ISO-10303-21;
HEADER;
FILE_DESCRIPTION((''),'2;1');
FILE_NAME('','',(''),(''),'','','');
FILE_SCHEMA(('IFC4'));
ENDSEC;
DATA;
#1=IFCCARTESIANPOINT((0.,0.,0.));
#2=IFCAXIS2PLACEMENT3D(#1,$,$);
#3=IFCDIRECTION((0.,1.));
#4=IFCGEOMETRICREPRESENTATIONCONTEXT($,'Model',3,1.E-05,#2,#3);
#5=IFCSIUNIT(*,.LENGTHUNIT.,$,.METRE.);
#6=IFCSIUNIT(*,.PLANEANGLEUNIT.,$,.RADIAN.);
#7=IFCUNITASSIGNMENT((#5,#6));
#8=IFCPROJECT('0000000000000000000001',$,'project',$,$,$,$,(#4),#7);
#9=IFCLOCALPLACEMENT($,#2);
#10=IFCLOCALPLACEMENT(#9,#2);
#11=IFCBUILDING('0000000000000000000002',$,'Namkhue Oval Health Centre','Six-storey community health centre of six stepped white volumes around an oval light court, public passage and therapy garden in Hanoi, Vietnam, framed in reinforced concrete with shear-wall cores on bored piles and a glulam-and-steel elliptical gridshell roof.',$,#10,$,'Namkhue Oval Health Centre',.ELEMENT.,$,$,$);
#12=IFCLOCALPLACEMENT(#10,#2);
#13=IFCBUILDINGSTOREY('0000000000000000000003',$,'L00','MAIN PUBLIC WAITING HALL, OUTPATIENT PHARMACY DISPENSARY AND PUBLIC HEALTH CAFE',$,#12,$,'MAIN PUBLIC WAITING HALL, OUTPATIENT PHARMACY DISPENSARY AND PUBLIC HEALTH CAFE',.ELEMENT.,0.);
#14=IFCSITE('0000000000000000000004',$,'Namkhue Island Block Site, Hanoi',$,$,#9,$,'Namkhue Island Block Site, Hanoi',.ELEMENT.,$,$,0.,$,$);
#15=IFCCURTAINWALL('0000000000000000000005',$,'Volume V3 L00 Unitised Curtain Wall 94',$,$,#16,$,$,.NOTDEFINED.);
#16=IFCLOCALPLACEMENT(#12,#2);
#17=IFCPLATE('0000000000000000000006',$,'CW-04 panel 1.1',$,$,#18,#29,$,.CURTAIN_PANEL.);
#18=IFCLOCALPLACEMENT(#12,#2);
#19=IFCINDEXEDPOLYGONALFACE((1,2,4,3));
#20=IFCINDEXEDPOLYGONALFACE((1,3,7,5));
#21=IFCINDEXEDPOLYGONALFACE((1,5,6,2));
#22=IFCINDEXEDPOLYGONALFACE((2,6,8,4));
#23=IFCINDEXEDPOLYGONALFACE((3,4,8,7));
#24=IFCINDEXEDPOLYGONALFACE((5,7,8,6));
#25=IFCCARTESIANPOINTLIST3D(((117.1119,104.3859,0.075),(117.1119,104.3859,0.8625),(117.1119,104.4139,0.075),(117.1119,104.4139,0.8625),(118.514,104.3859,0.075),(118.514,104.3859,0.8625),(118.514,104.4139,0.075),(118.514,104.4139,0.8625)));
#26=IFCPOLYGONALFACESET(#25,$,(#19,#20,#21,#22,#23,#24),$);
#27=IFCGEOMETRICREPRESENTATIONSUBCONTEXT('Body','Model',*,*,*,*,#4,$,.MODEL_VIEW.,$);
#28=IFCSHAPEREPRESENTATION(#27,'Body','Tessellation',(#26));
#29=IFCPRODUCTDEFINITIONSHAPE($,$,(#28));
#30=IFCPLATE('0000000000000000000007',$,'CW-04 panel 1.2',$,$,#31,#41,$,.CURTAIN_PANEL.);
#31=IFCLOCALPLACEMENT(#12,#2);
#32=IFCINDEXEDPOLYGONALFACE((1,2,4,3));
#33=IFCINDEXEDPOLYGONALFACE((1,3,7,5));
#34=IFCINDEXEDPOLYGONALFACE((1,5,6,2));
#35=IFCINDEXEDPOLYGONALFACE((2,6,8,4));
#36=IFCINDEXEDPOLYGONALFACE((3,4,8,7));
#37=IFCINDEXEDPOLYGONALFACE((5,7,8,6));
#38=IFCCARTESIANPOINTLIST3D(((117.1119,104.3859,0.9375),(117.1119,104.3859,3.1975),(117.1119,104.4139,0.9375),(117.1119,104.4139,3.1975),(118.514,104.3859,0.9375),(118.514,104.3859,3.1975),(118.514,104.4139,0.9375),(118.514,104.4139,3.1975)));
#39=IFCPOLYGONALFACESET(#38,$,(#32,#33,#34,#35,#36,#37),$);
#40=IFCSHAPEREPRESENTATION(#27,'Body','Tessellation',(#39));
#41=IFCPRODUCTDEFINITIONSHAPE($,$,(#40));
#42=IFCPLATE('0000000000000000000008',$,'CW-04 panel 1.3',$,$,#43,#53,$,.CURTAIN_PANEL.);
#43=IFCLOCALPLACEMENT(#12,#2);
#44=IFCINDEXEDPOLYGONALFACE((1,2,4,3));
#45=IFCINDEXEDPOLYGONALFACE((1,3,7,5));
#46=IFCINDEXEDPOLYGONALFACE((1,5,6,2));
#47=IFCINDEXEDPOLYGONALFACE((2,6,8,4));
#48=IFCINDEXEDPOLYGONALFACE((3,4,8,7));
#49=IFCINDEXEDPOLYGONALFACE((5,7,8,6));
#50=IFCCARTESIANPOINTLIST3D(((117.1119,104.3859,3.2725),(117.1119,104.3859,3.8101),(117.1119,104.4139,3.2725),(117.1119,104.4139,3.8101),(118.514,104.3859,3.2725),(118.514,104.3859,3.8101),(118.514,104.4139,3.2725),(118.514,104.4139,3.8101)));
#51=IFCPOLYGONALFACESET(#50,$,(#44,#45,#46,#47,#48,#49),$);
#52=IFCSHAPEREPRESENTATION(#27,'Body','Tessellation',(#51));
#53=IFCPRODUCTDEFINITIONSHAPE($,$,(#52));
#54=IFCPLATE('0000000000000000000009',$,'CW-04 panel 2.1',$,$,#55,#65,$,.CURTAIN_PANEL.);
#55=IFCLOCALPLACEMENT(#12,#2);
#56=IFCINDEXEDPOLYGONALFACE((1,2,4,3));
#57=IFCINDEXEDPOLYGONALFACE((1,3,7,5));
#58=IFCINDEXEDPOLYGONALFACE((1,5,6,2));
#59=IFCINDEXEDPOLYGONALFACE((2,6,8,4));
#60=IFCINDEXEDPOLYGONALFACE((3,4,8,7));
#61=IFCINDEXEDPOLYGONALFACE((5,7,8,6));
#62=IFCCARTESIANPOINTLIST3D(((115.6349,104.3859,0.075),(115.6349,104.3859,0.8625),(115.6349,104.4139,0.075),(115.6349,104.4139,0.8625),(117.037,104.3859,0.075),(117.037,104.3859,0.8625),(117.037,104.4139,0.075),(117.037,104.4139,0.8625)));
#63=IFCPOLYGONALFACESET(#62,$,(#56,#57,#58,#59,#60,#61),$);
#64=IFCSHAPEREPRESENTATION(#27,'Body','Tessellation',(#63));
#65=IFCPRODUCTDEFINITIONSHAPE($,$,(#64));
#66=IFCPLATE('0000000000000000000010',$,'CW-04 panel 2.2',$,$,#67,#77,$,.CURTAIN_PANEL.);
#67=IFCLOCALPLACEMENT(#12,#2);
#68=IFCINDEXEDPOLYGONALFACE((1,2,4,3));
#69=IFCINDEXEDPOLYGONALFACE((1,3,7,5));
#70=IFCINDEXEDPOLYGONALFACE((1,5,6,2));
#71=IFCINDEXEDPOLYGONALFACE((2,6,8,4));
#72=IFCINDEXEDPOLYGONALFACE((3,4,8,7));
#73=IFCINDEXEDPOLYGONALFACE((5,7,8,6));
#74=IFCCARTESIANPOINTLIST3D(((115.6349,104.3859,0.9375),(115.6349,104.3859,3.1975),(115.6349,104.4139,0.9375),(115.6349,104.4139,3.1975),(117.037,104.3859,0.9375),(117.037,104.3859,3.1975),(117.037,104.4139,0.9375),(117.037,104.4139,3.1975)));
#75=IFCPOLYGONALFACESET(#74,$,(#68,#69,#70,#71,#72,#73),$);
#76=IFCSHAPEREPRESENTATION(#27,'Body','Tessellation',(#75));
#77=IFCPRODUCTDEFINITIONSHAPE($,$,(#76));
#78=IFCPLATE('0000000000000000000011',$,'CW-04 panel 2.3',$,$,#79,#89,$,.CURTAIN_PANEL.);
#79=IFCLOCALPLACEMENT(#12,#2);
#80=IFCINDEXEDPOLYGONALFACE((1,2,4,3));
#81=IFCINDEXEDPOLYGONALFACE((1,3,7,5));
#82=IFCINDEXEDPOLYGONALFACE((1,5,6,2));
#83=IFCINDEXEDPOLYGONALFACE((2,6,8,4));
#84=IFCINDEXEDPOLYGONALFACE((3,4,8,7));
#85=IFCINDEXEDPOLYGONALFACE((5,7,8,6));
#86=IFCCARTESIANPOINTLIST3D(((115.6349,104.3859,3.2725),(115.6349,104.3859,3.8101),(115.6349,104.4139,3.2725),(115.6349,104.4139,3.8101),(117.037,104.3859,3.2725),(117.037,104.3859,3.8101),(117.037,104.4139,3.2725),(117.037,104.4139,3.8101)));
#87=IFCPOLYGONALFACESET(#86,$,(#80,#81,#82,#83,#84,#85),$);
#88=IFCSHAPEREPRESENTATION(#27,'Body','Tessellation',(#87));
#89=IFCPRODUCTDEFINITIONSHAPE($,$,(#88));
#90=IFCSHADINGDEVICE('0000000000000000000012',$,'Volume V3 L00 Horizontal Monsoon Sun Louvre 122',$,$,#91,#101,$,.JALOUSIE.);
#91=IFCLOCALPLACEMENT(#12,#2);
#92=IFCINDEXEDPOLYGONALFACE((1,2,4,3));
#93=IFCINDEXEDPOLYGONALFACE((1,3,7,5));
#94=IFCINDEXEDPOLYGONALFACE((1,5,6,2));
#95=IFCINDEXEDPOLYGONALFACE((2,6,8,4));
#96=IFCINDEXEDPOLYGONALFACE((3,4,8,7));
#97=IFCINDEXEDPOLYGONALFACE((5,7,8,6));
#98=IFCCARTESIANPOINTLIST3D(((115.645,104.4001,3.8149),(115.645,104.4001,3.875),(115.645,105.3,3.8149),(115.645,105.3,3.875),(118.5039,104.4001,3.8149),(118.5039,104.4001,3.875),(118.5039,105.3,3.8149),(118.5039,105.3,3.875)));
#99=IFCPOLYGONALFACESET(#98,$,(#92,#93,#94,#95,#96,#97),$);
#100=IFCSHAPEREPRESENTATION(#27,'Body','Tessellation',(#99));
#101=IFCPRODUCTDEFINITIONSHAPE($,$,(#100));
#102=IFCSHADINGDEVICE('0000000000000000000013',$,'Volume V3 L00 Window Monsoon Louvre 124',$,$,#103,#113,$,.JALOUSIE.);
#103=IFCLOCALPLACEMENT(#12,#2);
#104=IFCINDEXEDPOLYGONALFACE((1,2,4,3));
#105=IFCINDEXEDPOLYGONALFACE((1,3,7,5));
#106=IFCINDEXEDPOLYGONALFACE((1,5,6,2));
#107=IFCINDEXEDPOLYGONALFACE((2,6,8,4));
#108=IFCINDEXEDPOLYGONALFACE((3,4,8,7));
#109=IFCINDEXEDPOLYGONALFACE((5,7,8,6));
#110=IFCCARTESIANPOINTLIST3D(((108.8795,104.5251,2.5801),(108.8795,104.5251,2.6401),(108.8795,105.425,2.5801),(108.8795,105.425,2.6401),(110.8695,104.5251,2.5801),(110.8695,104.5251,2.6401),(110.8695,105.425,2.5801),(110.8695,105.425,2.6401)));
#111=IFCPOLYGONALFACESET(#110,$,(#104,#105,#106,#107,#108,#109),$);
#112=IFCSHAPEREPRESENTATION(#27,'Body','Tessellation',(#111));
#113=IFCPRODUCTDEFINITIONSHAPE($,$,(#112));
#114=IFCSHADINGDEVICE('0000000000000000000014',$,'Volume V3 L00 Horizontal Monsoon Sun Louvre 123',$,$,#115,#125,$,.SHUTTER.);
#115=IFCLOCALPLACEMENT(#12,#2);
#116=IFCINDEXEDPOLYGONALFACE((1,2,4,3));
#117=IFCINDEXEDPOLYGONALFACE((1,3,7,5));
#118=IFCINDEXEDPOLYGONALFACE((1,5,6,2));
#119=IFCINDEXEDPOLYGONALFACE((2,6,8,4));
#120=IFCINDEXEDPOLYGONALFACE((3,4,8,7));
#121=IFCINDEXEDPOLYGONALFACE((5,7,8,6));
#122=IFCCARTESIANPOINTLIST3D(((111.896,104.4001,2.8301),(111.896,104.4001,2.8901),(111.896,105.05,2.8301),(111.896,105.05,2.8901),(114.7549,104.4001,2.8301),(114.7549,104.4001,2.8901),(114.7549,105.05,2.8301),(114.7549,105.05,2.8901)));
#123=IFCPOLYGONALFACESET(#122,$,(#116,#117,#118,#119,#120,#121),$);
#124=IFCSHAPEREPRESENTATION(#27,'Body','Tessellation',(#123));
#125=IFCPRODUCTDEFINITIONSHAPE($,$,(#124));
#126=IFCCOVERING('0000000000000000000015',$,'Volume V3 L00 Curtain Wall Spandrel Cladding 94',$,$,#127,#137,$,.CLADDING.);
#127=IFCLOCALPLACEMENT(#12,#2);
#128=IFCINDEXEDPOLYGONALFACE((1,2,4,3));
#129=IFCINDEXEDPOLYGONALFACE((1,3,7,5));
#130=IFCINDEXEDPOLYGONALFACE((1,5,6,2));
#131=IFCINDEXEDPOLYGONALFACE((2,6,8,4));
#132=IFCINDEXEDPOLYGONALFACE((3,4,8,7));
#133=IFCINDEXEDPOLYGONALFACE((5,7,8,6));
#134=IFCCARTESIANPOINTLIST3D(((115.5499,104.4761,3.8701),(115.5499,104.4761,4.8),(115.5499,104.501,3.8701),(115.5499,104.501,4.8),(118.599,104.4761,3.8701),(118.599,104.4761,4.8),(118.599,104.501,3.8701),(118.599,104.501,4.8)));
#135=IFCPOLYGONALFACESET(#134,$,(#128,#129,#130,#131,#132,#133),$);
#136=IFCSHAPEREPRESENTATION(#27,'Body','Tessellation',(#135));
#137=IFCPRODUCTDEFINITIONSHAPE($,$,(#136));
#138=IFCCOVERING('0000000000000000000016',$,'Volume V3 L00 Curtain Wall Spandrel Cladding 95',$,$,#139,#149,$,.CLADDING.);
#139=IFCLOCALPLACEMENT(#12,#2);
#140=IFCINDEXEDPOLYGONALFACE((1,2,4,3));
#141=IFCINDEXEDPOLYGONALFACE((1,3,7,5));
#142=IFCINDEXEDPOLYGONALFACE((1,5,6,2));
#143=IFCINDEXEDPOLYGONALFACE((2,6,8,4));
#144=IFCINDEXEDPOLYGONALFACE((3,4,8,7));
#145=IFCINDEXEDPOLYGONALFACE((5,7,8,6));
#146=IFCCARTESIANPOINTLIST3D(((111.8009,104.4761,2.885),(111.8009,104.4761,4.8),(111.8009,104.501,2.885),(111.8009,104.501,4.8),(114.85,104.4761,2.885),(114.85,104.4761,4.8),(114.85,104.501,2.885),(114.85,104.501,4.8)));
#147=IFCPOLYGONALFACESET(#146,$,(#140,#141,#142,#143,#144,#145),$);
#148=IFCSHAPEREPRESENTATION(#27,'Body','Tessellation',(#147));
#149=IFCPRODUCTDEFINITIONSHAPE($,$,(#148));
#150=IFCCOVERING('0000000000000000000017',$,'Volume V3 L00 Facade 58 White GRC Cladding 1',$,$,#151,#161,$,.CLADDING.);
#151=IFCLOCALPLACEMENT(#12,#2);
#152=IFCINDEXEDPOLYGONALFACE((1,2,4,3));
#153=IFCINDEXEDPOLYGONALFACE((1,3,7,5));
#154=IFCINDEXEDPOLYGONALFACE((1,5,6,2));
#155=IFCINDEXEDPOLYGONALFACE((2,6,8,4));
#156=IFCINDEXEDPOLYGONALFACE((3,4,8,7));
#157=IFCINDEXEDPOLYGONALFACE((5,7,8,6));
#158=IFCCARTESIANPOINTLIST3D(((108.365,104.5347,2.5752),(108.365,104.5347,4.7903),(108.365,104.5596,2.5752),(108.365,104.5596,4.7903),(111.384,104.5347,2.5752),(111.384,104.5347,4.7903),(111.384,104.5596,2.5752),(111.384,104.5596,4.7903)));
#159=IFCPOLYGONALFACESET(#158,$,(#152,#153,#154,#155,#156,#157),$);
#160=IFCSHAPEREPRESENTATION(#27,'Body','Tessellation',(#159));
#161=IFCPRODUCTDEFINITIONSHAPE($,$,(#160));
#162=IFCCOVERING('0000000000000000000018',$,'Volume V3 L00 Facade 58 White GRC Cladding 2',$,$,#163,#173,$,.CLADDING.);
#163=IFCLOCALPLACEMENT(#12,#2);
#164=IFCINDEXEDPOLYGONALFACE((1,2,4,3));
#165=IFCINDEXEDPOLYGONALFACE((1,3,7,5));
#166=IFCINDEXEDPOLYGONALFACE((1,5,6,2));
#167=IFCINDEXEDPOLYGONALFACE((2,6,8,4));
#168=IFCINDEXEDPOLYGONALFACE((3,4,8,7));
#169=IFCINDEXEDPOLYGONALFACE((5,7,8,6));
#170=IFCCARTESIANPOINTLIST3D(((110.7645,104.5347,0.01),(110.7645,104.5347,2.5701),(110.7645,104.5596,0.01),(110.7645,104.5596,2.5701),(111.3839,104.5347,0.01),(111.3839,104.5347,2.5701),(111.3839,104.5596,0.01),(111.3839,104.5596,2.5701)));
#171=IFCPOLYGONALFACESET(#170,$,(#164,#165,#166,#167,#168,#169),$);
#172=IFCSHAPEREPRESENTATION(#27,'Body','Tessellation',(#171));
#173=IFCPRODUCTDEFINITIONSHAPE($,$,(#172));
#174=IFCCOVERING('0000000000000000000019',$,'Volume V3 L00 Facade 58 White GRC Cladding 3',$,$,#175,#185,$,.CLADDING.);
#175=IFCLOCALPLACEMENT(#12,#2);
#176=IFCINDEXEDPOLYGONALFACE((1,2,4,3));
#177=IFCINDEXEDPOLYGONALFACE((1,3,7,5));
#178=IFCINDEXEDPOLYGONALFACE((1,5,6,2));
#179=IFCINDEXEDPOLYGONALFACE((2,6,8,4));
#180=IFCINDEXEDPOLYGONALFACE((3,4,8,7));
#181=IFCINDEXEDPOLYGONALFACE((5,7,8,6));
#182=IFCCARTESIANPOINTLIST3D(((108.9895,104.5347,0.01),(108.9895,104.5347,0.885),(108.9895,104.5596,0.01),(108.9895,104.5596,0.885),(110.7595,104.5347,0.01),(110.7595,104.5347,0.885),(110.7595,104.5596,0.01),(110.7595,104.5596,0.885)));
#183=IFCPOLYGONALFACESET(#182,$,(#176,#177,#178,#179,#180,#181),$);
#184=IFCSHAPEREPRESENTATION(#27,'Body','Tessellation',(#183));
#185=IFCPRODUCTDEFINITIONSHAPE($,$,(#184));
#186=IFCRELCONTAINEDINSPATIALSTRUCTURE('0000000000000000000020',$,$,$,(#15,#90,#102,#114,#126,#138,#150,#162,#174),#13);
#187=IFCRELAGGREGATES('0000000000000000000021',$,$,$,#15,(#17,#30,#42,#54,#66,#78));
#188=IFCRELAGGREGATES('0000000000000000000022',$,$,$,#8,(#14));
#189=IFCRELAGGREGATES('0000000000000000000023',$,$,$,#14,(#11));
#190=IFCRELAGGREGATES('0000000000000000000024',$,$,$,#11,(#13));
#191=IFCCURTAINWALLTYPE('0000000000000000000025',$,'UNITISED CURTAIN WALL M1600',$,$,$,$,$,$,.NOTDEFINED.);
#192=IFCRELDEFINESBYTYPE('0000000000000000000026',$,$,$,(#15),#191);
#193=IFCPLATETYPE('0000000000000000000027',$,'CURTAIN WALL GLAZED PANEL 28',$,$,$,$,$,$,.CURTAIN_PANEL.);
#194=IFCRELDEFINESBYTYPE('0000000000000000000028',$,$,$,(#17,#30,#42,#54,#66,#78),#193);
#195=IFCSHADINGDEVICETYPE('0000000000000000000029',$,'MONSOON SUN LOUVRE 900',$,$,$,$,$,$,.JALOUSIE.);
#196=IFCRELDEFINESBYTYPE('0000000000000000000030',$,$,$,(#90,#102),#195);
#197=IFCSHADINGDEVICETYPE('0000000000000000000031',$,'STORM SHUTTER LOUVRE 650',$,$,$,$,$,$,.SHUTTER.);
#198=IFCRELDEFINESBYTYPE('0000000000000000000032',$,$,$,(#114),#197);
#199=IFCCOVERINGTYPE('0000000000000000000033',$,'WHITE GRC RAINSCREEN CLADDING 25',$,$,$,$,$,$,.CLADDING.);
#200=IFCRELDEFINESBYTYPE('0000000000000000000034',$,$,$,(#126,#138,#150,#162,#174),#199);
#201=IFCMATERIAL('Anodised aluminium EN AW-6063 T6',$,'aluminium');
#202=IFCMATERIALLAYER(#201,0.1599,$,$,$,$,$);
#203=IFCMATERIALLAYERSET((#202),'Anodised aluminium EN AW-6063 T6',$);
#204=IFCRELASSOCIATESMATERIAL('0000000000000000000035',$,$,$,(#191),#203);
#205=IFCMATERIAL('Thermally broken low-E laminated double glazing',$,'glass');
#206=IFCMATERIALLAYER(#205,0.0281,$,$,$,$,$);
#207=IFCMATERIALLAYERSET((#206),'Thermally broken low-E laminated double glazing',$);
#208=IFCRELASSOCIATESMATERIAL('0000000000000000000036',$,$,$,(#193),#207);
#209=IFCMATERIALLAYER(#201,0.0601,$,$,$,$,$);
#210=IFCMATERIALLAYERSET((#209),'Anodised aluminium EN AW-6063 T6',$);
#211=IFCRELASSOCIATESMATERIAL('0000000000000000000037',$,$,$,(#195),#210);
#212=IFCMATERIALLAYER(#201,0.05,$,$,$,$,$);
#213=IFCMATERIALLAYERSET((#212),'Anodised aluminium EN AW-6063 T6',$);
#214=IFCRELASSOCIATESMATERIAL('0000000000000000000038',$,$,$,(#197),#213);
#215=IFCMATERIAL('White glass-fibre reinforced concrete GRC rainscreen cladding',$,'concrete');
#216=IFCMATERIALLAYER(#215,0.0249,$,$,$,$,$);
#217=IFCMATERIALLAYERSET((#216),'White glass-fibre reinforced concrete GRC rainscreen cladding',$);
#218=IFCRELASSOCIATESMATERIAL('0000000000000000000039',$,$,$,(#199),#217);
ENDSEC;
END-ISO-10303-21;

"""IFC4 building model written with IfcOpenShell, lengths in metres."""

from ifc_helpers import new_model, si_unit, direction, frame, origin, origin_2d, place, context, subcontext, project, spatial, rectangle, extrude, material, layer, layer_set, type_object, element, aggregate, save


model = new_model("IFC4")

# Units and contexts
model_context = context("Model", 3, precision=1e-05, world=origin(), true_north=direction((0.0, 1.0)))
body_context = subcontext(model_context, "Body", "Model", "MODEL_VIEW")
ifc_project = project(units=[si_unit("LENGTHUNIT", "METRE"), si_unit("PLANEANGLEUNIT", "RADIAN")], contexts=[model_context])

# Site, building, storey
site_placement = place(None, origin())
site = spatial("IfcSite", under=ifc_project, at=site_placement, Name="Namkhue Island Block Site, Hanoi", LongName="Namkhue Island Block Site, Hanoi", CompositionType="ELEMENT", RefElevation=0.0)
building_placement = place(site_placement, origin())
building = spatial("IfcBuilding", under=site, at=building_placement, Name="Namkhue Oval Health Centre", Description="Six-storey community health centre of six stepped white volumes around an oval light court, public passage and therapy garden in Hanoi, Vietnam, framed in reinforced concrete with shear-wall cores on bored piles and a glulam-and-steel elliptical gridshell roof.", LongName="Namkhue Oval Health Centre", CompositionType="ELEMENT")
storey_placement = place(building_placement, origin())
storey = spatial("IfcBuildingStorey", under=building, at=storey_placement, Name="L00", Description="MAIN PUBLIC WAITING HALL, OUTPATIENT PHARMACY DISPENSARY AND PUBLIC HEALTH CAFE", LongName="MAIN PUBLIC WAITING HALL, OUTPATIENT PHARMACY DISPENSARY AND PUBLIC HEALTH CAFE", CompositionType="ELEMENT", Elevation=0.0)

# Curtain wall
ifc_material_1 = material(Name="Anodised aluminium EN AW-6063 T6", Category="aluminium")
ifc_layer_1 = layer(ifc_material_1, 0.1599)
ifc_layer_set_1 = layer_set([ifc_layer_1], Name="Anodised aluminium EN AW-6063 T6")
curtain_wall_type = type_object("IfcCurtainWallType", Name="UNITISED CURTAIN WALL M1600", PredefinedType="NOTDEFINED", material=ifc_layer_set_1)
curtain_wall_placement = place(storey_placement, origin())
curtain_wall = element("IfcCurtainWall", 1, at=curtain_wall_placement, inside=storey, type_object=curtain_wall_type, Name="Volume V3 L00 Unitised Curtain Wall 94", PredefinedType="NOTDEFINED")

# Plates
ifc_material_2 = material(Name="Thermally broken low-E laminated double glazing", Category="glass")
ifc_layer_2 = layer(ifc_material_2, 0.0281)
ifc_layer_set_2 = layer_set([ifc_layer_2], Name="Thermally broken low-E laminated double glazing")
plate_type = type_object("IfcPlateType", Name="CURTAIN WALL GLAZED PANEL 28", PredefinedType="CURTAIN_PANEL", material=ifc_layer_set_2)
plate_1_placement = place(storey_placement, frame((117.813, 104.3999, 0.075), z_axis=(0.0, 0.0, 1.0), x_axis=(-1.0, 0.0, 0.0)))
plate_1 = element("IfcPlate", 2, at=plate_1_placement, type_object=plate_type, Name="CW-04 panel 1.1", PredefinedType="CURTAIN_PANEL", context=body_context, shape_type="SweptSolid", body=[
    extrude(rectangle(XDim=1.4021, YDim=0.0281, at=origin_2d()), origin(), (0.0, 0.0, 1.0), 0.7876),
])
plate_2_placement = place(storey_placement, frame((117.813, 104.3999, 0.9375), z_axis=(0.0, 0.0, 1.0), x_axis=(-1.0, 0.0, 0.0)))
plate_2 = element("IfcPlate", 3, at=plate_2_placement, type_object=plate_type, Name="CW-04 panel 1.2", PredefinedType="CURTAIN_PANEL", context=body_context, shape_type="SweptSolid", body=[
    extrude(rectangle(XDim=1.4021, YDim=0.0281, at=origin_2d()), origin(), (0.0, 0.0, 1.0), 2.26),
])
plate_3_placement = place(storey_placement, frame((117.813, 104.3999, 3.2725), z_axis=(0.0, 0.0, 1.0), x_axis=(-1.0, 0.0, 0.0)))
plate_3 = element("IfcPlate", 4, at=plate_3_placement, type_object=plate_type, Name="CW-04 panel 1.3", PredefinedType="CURTAIN_PANEL", context=body_context, shape_type="SweptSolid", body=[
    extrude(rectangle(XDim=1.4021, YDim=0.0281, at=origin_2d()), origin(), (0.0, 0.0, 1.0), 0.5376),
])
plate_4_placement = place(storey_placement, frame((116.3359, 104.3999, 0.075), z_axis=(0.0, 0.0, 1.0), x_axis=(-1.0, 0.0, 0.0)))
plate_4 = element("IfcPlate", 5, at=plate_4_placement, type_object=plate_type, Name="CW-04 panel 2.1", PredefinedType="CURTAIN_PANEL", context=body_context, shape_type="SweptSolid", body=[
    extrude(rectangle(XDim=1.4021, YDim=0.0281, at=origin_2d()), origin(), (0.0, 0.0, 1.0), 0.7876),
])
plate_5_placement = place(storey_placement, frame((116.3359, 104.3999, 0.9375), z_axis=(0.0, 0.0, 1.0), x_axis=(-1.0, 0.0, 0.0)))
plate_5 = element("IfcPlate", 6, at=plate_5_placement, type_object=plate_type, Name="CW-04 panel 2.2", PredefinedType="CURTAIN_PANEL", context=body_context, shape_type="SweptSolid", body=[
    extrude(rectangle(XDim=1.4021, YDim=0.0281, at=origin_2d()), origin(), (0.0, 0.0, 1.0), 2.26),
])
plate_6_placement = place(storey_placement, frame((116.3359, 104.3999, 3.2725), z_axis=(0.0, 0.0, 1.0), x_axis=(-1.0, 0.0, 0.0)))
plate_6 = element("IfcPlate", 7, at=plate_6_placement, type_object=plate_type, Name="CW-04 panel 2.3", PredefinedType="CURTAIN_PANEL", context=body_context, shape_type="SweptSolid", body=[
    extrude(rectangle(XDim=1.4021, YDim=0.0281, at=origin_2d()), origin(), (0.0, 0.0, 1.0), 0.5376),
])
aggregate(curtain_wall, [plate_1, plate_2, plate_3, plate_4, plate_5, plate_6])

# Shading devices
ifc_layer_3 = layer(ifc_material_1, 0.0601)
ifc_layer_set_3 = layer_set([ifc_layer_3], Name="Anodised aluminium EN AW-6063 T6")
shading_device_type_1 = type_object("IfcShadingDeviceType", Name="MONSOON SUN LOUVRE 900", PredefinedType="JALOUSIE", material=ifc_layer_set_3)
shading_device_1_placement = place(storey_placement, frame((117.0745, 104.8501, 3.8149), z_axis=(0.0, 0.0, 1.0), x_axis=(-1.0, 0.0, 0.0)))
element("IfcShadingDevice", 8, at=shading_device_1_placement, inside=storey, type_object=shading_device_type_1, Name="Volume V3 L00 Horizontal Monsoon Sun Louvre 122", PredefinedType="JALOUSIE", context=body_context, shape_type="SweptSolid", body=[
    extrude(rectangle(XDim=2.8589, YDim=0.8999, at=origin_2d()), origin(), (0.0, 0.0, 1.0), 0.0601),
])
shading_device_2_placement = place(storey_placement, frame((109.8745, 104.9751, 2.5801), z_axis=(0.0, 0.0, 1.0), x_axis=(-1.0, 0.0, 0.0)))
element("IfcShadingDevice", 9, at=shading_device_2_placement, inside=storey, type_object=shading_device_type_1, Name="Volume V3 L00 Window Monsoon Louvre 124", PredefinedType="JALOUSIE", context=body_context, shape_type="SweptSolid", body=[
    extrude(rectangle(XDim=1.99, YDim=0.8999, at=origin_2d()), origin(), (0.0, 0.0, 1.0), 0.0601),
])
ifc_layer_4 = layer(ifc_material_1, 0.05)
ifc_layer_set_4 = layer_set([ifc_layer_4], Name="Anodised aluminium EN AW-6063 T6")
shading_device_type_2 = type_object("IfcShadingDeviceType", Name="STORM SHUTTER LOUVRE 650", PredefinedType="SHUTTER", material=ifc_layer_set_4)
shading_device_3_placement = place(storey_placement, frame((113.3254, 104.7251, 2.8301), z_axis=(0.0, 0.0, 1.0), x_axis=(-1.0, 0.0, 0.0)))
element("IfcShadingDevice", 10, at=shading_device_3_placement, inside=storey, type_object=shading_device_type_2, Name="Volume V3 L00 Horizontal Monsoon Sun Louvre 123", PredefinedType="SHUTTER", context=body_context, shape_type="SweptSolid", body=[
    extrude(rectangle(XDim=2.8589, YDim=0.6499, at=origin_2d()), origin(), (0.0, 0.0, 1.0), 0.0601),
])

# Coverings
ifc_material_3 = material(Name="White glass-fibre reinforced concrete GRC rainscreen cladding", Category="concrete")
ifc_layer_5 = layer(ifc_material_3, 0.0249)
ifc_layer_set_5 = layer_set([ifc_layer_5], Name="White glass-fibre reinforced concrete GRC rainscreen cladding")
covering_type = type_object("IfcCoveringType", Name="WHITE GRC RAINSCREEN CLADDING 25", PredefinedType="CLADDING", material=ifc_layer_set_5)
covering_1_placement = place(storey_placement, frame((117.0745, 104.4885, 3.8701), z_axis=(0.0, 0.0, 1.0), x_axis=(-1.0, 0.0, 0.0)))
element("IfcCovering", 11, at=covering_1_placement, inside=storey, type_object=covering_type, Name="Volume V3 L00 Curtain Wall Spandrel Cladding 94", PredefinedType="CLADDING", context=body_context, shape_type="SweptSolid", body=[
    extrude(rectangle(XDim=3.0491, YDim=0.0249, at=origin_2d()), origin(), (0.0, 0.0, 1.0), 0.9299),
])
covering_2_placement = place(storey_placement, frame((113.3254, 104.4885, 2.885), z_axis=(0.0, 0.0, 1.0), x_axis=(-1.0, 0.0, 0.0)))
element("IfcCovering", 12, at=covering_2_placement, inside=storey, type_object=covering_type, Name="Volume V3 L00 Curtain Wall Spandrel Cladding 95", PredefinedType="CLADDING", context=body_context, shape_type="SweptSolid", body=[
    extrude(rectangle(XDim=3.0491, YDim=0.0249, at=origin_2d()), origin(), (0.0, 0.0, 1.0), 1.915),
])
covering_3_placement = place(storey_placement, frame((109.8745, 104.5471, 2.5752), z_axis=(0.0, 0.0, 1.0), x_axis=(-1.0, 0.0, 0.0)))
element("IfcCovering", 13, at=covering_3_placement, inside=storey, type_object=covering_type, Name="Volume V3 L00 Facade 58 White GRC Cladding 1", PredefinedType="CLADDING", context=body_context, shape_type="SweptSolid", body=[
    extrude(rectangle(XDim=3.019, YDim=0.0249, at=origin_2d()), origin(), (0.0, 0.0, 1.0), 2.2151),
])
covering_4_placement = place(storey_placement, frame((111.0742, 104.5471, 0.01), z_axis=(0.0, 0.0, 1.0), x_axis=(-1.0, 0.0, 0.0)))
element("IfcCovering", 14, at=covering_4_placement, inside=storey, type_object=covering_type, Name="Volume V3 L00 Facade 58 White GRC Cladding 2", PredefinedType="CLADDING", context=body_context, shape_type="SweptSolid", body=[
    extrude(rectangle(XDim=0.6194, YDim=0.0249, at=origin_2d()), origin(), (0.0, 0.0, 1.0), 2.5601),
])
covering_5_placement = place(storey_placement, frame((109.8745, 104.5471, 0.01), z_axis=(0.0, 0.0, 1.0), x_axis=(-1.0, 0.0, 0.0)))
element("IfcCovering", 15, at=covering_5_placement, inside=storey, type_object=covering_type, Name="Volume V3 L00 Facade 58 White GRC Cladding 3", PredefinedType="CLADDING", context=body_context, shape_type="SweptSolid", body=[
    extrude(rectangle(XDim=1.77, YDim=0.0249, at=origin_2d()), origin(), (0.0, 0.0, 1.0), 0.875),
])

save(model, "model.ifc")
